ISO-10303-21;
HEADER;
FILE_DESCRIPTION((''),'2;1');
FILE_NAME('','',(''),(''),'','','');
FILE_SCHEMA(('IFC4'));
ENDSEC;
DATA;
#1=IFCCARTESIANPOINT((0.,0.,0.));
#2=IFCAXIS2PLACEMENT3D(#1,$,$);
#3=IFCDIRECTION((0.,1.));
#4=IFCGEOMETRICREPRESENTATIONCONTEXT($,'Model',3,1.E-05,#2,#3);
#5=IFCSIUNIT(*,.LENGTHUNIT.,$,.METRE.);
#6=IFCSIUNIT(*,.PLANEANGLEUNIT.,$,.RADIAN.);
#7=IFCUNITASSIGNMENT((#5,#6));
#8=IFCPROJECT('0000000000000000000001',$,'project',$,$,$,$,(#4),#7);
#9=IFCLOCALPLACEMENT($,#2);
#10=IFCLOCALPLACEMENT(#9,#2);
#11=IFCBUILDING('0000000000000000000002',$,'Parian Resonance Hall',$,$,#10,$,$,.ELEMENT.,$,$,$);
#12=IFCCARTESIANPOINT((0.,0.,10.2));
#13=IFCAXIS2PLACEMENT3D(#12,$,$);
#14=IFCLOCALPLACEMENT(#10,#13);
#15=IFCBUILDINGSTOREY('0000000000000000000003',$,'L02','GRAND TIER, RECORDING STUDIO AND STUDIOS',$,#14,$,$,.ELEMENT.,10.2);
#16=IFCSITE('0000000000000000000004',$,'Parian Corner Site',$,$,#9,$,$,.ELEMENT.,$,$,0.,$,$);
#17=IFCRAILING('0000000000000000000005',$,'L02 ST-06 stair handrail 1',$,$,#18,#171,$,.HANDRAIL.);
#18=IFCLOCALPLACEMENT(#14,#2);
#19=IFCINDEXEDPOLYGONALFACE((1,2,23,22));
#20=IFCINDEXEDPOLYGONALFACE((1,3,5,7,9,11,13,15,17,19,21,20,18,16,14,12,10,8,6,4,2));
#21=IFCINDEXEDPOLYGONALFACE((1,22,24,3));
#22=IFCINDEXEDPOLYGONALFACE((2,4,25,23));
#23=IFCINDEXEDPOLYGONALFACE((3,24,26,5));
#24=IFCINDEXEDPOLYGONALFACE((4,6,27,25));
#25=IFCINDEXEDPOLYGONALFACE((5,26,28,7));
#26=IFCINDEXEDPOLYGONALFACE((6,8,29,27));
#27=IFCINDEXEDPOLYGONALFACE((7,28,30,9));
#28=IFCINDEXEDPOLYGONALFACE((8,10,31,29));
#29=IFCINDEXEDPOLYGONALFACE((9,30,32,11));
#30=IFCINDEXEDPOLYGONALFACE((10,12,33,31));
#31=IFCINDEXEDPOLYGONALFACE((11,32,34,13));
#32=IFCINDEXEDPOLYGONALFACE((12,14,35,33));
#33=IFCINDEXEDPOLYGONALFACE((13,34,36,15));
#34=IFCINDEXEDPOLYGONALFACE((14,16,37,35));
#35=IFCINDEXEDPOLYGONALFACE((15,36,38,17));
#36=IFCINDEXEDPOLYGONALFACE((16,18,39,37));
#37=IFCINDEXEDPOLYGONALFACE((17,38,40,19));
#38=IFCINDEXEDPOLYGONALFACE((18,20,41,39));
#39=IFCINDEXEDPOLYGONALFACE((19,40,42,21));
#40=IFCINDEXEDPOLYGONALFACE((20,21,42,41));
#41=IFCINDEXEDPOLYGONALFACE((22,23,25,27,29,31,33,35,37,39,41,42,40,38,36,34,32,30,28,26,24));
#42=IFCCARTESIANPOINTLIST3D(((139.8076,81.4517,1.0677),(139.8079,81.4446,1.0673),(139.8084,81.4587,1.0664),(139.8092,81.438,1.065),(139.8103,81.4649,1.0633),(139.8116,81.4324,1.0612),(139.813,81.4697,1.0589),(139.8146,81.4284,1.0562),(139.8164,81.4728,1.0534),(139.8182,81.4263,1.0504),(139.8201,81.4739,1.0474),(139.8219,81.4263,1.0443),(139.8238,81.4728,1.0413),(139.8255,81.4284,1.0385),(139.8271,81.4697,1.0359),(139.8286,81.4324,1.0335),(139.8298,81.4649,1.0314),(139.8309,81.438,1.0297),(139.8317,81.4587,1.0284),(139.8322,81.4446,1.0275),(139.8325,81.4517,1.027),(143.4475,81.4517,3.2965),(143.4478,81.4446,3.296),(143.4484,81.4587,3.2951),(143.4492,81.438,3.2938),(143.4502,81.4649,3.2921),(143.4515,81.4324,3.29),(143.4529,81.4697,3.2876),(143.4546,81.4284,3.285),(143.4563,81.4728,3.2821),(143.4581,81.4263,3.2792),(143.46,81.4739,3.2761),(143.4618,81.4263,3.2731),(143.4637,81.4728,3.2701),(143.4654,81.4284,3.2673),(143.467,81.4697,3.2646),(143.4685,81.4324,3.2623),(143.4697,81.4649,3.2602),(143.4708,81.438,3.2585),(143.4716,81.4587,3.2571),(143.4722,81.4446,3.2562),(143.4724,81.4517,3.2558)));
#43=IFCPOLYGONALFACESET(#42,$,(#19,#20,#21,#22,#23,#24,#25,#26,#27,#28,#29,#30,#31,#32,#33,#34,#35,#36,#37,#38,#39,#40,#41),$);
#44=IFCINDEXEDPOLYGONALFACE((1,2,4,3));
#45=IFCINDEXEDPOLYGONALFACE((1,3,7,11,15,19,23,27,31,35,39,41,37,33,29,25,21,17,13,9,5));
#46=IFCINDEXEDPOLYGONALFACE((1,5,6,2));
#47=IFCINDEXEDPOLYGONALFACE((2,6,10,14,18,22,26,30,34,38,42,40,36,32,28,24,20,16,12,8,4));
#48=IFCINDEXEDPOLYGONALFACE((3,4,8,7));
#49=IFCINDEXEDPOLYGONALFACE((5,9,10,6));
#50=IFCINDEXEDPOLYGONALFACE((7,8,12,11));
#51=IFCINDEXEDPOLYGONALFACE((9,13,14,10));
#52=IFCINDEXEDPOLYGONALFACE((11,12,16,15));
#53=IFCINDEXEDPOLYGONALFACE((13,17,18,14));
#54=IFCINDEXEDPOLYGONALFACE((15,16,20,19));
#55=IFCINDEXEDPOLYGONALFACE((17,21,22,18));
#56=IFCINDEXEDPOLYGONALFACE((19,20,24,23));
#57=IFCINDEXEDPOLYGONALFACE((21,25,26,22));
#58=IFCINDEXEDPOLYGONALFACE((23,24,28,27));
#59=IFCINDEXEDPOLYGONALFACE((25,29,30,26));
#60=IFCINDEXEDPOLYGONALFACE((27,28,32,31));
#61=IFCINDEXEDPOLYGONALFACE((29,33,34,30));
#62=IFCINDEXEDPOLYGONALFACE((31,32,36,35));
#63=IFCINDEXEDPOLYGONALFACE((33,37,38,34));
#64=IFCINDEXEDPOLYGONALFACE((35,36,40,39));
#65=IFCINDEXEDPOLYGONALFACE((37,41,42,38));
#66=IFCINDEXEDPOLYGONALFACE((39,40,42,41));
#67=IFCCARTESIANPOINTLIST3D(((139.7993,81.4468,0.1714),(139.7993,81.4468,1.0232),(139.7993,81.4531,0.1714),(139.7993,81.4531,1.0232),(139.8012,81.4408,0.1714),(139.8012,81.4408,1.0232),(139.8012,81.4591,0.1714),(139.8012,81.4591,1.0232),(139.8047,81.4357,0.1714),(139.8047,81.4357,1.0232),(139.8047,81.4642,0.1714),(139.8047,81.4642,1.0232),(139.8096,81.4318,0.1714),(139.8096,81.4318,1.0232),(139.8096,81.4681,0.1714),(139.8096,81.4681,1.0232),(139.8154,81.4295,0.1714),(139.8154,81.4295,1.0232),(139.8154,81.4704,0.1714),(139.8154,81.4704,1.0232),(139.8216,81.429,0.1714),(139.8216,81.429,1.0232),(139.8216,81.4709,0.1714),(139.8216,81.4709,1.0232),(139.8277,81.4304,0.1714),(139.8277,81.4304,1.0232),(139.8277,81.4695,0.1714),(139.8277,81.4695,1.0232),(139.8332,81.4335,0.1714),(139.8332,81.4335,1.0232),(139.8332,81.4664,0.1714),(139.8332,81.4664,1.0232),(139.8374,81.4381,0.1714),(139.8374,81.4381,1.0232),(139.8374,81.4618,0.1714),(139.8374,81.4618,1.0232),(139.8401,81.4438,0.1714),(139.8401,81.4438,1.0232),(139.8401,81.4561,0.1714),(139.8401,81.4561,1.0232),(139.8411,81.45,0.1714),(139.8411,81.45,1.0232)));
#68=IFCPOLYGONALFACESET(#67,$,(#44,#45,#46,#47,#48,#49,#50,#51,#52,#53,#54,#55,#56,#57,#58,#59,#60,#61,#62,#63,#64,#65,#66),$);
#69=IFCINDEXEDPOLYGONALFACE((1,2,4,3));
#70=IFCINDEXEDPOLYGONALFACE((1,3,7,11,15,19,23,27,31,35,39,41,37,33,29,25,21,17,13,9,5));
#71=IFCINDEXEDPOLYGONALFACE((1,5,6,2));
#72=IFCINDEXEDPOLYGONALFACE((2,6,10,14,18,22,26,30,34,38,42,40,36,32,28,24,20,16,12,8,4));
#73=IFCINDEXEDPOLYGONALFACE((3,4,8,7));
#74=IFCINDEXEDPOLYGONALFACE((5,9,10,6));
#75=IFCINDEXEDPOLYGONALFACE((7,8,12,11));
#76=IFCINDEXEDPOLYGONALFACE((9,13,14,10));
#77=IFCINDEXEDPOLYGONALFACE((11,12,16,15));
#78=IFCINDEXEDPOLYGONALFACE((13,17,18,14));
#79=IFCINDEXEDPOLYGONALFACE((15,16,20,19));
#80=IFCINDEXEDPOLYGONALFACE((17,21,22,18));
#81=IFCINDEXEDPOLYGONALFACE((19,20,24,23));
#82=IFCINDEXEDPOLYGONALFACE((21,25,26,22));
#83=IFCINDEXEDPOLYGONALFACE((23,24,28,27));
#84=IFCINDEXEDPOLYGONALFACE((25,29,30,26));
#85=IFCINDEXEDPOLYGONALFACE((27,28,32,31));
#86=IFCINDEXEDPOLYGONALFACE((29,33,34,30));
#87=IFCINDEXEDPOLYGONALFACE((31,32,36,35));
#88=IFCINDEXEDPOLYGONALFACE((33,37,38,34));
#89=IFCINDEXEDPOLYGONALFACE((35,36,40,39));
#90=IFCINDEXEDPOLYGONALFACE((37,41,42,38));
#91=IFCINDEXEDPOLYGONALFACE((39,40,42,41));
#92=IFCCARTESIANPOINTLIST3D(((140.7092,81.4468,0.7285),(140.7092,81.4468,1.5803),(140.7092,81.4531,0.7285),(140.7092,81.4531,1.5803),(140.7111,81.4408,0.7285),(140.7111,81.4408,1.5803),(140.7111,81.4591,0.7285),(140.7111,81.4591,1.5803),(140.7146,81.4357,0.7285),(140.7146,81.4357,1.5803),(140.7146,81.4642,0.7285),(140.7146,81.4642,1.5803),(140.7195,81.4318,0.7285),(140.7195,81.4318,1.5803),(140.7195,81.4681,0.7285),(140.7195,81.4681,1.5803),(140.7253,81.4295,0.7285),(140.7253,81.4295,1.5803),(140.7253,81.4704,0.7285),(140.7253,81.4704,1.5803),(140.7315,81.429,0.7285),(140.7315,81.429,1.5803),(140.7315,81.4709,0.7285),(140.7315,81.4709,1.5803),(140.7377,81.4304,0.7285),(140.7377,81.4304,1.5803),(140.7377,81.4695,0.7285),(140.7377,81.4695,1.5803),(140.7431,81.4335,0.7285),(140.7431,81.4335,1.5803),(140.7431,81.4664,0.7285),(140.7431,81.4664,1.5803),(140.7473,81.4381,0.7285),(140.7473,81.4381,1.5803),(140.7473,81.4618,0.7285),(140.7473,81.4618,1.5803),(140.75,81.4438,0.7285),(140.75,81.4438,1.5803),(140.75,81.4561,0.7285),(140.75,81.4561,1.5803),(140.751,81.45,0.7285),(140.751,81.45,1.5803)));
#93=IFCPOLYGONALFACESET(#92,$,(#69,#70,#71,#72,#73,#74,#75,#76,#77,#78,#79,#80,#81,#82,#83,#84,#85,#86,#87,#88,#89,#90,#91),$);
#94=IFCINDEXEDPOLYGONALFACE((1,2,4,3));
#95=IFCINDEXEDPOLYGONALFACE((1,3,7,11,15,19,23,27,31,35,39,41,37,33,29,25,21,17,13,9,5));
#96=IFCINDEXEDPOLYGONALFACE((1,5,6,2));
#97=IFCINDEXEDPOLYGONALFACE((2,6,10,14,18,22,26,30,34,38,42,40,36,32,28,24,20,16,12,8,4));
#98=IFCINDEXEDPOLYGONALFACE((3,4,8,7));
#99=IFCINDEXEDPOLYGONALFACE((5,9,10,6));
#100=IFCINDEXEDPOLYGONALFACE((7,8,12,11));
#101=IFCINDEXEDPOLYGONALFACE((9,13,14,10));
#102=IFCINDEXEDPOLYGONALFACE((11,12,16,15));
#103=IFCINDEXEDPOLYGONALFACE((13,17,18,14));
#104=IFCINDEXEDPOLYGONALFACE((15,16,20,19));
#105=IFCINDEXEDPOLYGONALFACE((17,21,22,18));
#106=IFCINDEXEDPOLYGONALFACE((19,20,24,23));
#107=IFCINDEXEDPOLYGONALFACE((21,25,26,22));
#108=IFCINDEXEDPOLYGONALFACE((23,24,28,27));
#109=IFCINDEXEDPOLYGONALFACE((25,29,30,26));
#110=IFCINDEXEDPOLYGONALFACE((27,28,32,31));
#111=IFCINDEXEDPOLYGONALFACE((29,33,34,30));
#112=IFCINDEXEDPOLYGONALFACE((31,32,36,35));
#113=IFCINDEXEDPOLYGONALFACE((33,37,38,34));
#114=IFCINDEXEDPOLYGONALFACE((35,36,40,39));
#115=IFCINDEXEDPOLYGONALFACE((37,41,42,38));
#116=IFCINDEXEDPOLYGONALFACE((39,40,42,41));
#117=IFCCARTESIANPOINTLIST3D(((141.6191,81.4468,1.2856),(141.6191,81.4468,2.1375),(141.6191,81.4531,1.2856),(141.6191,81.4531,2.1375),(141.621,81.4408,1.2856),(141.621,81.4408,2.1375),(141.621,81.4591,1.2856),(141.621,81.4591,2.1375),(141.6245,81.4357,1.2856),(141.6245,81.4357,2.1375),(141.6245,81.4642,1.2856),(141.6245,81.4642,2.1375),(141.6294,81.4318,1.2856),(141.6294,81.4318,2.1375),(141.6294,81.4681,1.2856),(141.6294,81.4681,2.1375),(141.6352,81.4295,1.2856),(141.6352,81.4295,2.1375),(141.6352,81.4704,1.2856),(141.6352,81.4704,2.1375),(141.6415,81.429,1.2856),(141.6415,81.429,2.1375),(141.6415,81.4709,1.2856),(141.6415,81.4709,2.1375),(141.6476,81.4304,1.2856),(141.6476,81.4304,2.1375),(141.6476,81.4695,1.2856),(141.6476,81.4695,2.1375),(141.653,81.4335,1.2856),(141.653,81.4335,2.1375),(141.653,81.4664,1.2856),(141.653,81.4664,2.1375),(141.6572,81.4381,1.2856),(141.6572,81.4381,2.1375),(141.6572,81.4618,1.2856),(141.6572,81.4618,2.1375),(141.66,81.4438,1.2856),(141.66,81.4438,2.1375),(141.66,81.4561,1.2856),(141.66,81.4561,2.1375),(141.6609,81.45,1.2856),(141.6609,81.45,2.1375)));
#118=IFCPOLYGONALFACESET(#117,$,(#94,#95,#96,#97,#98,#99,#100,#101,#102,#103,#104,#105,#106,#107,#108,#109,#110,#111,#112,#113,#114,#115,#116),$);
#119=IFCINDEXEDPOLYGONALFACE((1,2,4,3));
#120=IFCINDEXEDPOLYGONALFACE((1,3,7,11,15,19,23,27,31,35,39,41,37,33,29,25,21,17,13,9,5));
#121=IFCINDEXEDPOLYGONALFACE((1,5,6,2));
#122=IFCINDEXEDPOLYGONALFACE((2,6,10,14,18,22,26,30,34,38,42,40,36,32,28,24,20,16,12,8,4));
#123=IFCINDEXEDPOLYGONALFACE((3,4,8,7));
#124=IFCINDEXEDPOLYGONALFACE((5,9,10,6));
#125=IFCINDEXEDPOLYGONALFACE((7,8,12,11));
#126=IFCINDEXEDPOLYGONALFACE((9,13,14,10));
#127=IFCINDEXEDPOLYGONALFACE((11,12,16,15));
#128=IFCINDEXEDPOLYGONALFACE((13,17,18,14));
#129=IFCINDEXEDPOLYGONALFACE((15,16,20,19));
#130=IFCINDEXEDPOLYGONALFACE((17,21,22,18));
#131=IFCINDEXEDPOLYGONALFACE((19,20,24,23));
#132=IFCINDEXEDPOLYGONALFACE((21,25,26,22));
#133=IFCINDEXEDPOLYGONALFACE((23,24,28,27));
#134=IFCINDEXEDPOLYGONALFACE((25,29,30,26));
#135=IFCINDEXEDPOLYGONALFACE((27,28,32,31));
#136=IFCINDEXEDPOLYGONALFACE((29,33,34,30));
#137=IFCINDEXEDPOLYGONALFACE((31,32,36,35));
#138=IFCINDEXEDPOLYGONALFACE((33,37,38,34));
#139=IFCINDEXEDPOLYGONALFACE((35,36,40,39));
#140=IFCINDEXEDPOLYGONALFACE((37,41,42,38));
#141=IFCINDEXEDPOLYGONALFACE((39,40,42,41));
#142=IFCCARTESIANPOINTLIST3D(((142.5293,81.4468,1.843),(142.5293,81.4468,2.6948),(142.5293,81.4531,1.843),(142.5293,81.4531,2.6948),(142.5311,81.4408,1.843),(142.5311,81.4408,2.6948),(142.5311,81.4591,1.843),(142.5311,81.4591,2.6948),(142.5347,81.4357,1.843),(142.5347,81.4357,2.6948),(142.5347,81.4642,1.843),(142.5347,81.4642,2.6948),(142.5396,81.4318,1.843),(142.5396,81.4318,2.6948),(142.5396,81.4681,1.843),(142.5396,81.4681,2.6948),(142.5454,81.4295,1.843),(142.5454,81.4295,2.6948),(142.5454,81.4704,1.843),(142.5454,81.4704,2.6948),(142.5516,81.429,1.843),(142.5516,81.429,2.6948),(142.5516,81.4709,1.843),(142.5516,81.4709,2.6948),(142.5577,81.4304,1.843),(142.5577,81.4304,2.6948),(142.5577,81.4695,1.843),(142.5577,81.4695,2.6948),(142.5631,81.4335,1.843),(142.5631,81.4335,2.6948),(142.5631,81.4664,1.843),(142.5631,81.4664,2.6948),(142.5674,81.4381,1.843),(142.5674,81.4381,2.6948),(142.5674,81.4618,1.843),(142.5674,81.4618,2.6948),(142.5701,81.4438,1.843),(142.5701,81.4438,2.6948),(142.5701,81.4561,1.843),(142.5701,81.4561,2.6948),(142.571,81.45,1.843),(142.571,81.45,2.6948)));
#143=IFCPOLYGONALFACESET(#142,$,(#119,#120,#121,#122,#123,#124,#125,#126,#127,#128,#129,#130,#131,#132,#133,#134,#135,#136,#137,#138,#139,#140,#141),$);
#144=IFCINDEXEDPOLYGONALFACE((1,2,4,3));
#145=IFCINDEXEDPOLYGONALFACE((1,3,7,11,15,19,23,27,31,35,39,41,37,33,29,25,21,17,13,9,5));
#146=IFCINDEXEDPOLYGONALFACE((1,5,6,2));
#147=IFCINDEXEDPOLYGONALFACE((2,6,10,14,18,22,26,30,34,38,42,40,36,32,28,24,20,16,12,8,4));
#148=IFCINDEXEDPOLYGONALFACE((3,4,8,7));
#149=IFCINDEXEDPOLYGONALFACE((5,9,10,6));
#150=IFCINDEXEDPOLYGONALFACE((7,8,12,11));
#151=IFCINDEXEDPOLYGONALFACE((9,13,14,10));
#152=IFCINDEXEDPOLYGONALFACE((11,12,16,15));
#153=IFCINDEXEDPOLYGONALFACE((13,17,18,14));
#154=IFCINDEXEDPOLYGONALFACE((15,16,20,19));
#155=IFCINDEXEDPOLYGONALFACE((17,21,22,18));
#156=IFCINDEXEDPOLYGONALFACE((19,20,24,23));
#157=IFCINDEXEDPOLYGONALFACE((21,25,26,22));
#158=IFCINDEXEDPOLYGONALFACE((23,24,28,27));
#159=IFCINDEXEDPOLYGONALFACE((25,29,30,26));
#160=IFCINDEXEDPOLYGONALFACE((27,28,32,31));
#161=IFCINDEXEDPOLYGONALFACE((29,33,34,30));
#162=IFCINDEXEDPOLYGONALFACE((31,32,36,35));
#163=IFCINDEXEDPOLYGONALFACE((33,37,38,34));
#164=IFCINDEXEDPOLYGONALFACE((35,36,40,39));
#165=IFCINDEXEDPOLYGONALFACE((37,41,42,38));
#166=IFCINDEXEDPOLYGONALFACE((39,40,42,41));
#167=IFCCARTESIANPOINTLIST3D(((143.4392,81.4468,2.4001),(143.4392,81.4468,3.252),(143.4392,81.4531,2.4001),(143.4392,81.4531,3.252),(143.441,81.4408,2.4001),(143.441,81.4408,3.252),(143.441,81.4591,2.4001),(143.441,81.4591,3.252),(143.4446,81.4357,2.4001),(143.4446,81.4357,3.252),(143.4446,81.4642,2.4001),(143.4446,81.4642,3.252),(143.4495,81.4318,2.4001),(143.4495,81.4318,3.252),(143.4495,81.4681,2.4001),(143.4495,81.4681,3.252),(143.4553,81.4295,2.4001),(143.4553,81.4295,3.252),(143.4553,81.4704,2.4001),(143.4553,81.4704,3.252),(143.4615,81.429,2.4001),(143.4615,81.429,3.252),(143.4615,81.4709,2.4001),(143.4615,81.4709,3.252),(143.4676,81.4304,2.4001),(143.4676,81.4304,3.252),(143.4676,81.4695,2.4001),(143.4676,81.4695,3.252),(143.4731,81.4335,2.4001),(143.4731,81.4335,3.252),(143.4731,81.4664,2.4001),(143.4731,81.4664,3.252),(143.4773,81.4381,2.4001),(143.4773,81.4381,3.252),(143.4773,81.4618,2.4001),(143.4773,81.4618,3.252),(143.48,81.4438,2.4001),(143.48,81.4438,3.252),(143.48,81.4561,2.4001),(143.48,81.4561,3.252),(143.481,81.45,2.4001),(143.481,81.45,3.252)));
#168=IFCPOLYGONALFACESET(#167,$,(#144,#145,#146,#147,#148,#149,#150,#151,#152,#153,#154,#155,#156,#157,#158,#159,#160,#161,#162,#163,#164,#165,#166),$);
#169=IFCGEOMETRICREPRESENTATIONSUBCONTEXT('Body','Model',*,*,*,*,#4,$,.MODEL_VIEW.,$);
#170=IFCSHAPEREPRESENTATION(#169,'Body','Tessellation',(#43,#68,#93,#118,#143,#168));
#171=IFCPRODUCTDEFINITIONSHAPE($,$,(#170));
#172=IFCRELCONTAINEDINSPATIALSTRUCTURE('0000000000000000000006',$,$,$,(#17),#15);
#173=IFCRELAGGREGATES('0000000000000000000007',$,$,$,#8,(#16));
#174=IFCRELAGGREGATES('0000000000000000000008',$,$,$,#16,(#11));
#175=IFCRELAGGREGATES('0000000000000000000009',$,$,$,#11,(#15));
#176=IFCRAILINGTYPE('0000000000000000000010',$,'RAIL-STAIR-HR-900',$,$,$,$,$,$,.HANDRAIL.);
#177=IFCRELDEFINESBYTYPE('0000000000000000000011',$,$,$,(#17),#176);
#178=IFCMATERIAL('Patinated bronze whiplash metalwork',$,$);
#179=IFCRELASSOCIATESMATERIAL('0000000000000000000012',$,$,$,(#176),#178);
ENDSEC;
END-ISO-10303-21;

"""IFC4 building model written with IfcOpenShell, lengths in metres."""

from ifc_helpers import new_model, si_unit, direction, frame, origin, origin_2d, place, context, subcontext, project, spatial, circle, extrude, material, type_object, element, save


model = new_model("IFC4")

# Units and contexts
model_context = context("Model", 3, precision=1e-05, world=origin(), true_north=direction((0.0, 1.0)))
body_context = subcontext(model_context, "Body", "Model", "MODEL_VIEW")
ifc_project = project(units=[si_unit("LENGTHUNIT", "METRE"), si_unit("PLANEANGLEUNIT", "RADIAN")], contexts=[model_context])

# Site, building, storey
site_placement = place(None, origin())
site = spatial("IfcSite", under=ifc_project, at=site_placement, Name="Parian Corner Site", CompositionType="ELEMENT", RefElevation=0.0)
building_placement = place(site_placement, origin())
building = spatial("IfcBuilding", under=site, at=building_placement, Name="Parian Resonance Hall", CompositionType="ELEMENT")
storey_placement = place(building_placement, frame((0.0, 0.0, 10.2)))
storey = spatial("IfcBuildingStorey", under=building, at=storey_placement, Name="L02", Description="GRAND TIER, RECORDING STUDIO AND STUDIOS", CompositionType="ELEMENT", Elevation=10.2)

# Railing
ifc_material_1 = material(Name="Patinated bronze whiplash metalwork")
railing_type_1 = type_object("IfcRailingType", Name="RAIL-STAIR-HR-900", PredefinedType="HANDRAIL", material=ifc_material_1)
railing_1_placement = place(storey_placement, frame((139.8201, 81.45, 0.1714)))
element("IfcRailing", 1, at=railing_1_placement, inside=storey, type_object=railing_type_1, Name="L02 ST-06 stair handrail 1", PredefinedType="HANDRAIL", context=body_context, shape_type="SweptSolid", body=[
    extrude(circle(Radius=0.0239, at=origin_2d()), frame((0.0, 0.0, 0.876), z_axis=(0.852825, 0.0, 0.522197), x_axis=(0.0, 1.0, 0.0)), (0.0, 0.0, 1.0), 4.2681),
    extrude(circle(Radius=0.021, at=origin_2d()), origin(), (0.0, 0.0, 1.0), 0.8518),
    extrude(circle(Radius=0.021, at=origin_2d()), frame((0.9099, 0.0, 0.5571)), (0.0, 0.0, 1.0), 0.8518),
    extrude(circle(Radius=0.021, at=origin_2d()), frame((1.8198, 0.0, 1.1143)), (0.0, 0.0, 1.0), 0.8518),
    extrude(circle(Radius=0.021, at=origin_2d()), frame((2.73, 0.0, 1.6716)), (0.0, 0.0, 1.0), 0.8518),
    extrude(circle(Radius=0.021, at=origin_2d()), frame((3.6399, 0.0, 2.2288)), (0.0, 0.0, 1.0), 0.8518),
])

save(model, "model.ifc")
